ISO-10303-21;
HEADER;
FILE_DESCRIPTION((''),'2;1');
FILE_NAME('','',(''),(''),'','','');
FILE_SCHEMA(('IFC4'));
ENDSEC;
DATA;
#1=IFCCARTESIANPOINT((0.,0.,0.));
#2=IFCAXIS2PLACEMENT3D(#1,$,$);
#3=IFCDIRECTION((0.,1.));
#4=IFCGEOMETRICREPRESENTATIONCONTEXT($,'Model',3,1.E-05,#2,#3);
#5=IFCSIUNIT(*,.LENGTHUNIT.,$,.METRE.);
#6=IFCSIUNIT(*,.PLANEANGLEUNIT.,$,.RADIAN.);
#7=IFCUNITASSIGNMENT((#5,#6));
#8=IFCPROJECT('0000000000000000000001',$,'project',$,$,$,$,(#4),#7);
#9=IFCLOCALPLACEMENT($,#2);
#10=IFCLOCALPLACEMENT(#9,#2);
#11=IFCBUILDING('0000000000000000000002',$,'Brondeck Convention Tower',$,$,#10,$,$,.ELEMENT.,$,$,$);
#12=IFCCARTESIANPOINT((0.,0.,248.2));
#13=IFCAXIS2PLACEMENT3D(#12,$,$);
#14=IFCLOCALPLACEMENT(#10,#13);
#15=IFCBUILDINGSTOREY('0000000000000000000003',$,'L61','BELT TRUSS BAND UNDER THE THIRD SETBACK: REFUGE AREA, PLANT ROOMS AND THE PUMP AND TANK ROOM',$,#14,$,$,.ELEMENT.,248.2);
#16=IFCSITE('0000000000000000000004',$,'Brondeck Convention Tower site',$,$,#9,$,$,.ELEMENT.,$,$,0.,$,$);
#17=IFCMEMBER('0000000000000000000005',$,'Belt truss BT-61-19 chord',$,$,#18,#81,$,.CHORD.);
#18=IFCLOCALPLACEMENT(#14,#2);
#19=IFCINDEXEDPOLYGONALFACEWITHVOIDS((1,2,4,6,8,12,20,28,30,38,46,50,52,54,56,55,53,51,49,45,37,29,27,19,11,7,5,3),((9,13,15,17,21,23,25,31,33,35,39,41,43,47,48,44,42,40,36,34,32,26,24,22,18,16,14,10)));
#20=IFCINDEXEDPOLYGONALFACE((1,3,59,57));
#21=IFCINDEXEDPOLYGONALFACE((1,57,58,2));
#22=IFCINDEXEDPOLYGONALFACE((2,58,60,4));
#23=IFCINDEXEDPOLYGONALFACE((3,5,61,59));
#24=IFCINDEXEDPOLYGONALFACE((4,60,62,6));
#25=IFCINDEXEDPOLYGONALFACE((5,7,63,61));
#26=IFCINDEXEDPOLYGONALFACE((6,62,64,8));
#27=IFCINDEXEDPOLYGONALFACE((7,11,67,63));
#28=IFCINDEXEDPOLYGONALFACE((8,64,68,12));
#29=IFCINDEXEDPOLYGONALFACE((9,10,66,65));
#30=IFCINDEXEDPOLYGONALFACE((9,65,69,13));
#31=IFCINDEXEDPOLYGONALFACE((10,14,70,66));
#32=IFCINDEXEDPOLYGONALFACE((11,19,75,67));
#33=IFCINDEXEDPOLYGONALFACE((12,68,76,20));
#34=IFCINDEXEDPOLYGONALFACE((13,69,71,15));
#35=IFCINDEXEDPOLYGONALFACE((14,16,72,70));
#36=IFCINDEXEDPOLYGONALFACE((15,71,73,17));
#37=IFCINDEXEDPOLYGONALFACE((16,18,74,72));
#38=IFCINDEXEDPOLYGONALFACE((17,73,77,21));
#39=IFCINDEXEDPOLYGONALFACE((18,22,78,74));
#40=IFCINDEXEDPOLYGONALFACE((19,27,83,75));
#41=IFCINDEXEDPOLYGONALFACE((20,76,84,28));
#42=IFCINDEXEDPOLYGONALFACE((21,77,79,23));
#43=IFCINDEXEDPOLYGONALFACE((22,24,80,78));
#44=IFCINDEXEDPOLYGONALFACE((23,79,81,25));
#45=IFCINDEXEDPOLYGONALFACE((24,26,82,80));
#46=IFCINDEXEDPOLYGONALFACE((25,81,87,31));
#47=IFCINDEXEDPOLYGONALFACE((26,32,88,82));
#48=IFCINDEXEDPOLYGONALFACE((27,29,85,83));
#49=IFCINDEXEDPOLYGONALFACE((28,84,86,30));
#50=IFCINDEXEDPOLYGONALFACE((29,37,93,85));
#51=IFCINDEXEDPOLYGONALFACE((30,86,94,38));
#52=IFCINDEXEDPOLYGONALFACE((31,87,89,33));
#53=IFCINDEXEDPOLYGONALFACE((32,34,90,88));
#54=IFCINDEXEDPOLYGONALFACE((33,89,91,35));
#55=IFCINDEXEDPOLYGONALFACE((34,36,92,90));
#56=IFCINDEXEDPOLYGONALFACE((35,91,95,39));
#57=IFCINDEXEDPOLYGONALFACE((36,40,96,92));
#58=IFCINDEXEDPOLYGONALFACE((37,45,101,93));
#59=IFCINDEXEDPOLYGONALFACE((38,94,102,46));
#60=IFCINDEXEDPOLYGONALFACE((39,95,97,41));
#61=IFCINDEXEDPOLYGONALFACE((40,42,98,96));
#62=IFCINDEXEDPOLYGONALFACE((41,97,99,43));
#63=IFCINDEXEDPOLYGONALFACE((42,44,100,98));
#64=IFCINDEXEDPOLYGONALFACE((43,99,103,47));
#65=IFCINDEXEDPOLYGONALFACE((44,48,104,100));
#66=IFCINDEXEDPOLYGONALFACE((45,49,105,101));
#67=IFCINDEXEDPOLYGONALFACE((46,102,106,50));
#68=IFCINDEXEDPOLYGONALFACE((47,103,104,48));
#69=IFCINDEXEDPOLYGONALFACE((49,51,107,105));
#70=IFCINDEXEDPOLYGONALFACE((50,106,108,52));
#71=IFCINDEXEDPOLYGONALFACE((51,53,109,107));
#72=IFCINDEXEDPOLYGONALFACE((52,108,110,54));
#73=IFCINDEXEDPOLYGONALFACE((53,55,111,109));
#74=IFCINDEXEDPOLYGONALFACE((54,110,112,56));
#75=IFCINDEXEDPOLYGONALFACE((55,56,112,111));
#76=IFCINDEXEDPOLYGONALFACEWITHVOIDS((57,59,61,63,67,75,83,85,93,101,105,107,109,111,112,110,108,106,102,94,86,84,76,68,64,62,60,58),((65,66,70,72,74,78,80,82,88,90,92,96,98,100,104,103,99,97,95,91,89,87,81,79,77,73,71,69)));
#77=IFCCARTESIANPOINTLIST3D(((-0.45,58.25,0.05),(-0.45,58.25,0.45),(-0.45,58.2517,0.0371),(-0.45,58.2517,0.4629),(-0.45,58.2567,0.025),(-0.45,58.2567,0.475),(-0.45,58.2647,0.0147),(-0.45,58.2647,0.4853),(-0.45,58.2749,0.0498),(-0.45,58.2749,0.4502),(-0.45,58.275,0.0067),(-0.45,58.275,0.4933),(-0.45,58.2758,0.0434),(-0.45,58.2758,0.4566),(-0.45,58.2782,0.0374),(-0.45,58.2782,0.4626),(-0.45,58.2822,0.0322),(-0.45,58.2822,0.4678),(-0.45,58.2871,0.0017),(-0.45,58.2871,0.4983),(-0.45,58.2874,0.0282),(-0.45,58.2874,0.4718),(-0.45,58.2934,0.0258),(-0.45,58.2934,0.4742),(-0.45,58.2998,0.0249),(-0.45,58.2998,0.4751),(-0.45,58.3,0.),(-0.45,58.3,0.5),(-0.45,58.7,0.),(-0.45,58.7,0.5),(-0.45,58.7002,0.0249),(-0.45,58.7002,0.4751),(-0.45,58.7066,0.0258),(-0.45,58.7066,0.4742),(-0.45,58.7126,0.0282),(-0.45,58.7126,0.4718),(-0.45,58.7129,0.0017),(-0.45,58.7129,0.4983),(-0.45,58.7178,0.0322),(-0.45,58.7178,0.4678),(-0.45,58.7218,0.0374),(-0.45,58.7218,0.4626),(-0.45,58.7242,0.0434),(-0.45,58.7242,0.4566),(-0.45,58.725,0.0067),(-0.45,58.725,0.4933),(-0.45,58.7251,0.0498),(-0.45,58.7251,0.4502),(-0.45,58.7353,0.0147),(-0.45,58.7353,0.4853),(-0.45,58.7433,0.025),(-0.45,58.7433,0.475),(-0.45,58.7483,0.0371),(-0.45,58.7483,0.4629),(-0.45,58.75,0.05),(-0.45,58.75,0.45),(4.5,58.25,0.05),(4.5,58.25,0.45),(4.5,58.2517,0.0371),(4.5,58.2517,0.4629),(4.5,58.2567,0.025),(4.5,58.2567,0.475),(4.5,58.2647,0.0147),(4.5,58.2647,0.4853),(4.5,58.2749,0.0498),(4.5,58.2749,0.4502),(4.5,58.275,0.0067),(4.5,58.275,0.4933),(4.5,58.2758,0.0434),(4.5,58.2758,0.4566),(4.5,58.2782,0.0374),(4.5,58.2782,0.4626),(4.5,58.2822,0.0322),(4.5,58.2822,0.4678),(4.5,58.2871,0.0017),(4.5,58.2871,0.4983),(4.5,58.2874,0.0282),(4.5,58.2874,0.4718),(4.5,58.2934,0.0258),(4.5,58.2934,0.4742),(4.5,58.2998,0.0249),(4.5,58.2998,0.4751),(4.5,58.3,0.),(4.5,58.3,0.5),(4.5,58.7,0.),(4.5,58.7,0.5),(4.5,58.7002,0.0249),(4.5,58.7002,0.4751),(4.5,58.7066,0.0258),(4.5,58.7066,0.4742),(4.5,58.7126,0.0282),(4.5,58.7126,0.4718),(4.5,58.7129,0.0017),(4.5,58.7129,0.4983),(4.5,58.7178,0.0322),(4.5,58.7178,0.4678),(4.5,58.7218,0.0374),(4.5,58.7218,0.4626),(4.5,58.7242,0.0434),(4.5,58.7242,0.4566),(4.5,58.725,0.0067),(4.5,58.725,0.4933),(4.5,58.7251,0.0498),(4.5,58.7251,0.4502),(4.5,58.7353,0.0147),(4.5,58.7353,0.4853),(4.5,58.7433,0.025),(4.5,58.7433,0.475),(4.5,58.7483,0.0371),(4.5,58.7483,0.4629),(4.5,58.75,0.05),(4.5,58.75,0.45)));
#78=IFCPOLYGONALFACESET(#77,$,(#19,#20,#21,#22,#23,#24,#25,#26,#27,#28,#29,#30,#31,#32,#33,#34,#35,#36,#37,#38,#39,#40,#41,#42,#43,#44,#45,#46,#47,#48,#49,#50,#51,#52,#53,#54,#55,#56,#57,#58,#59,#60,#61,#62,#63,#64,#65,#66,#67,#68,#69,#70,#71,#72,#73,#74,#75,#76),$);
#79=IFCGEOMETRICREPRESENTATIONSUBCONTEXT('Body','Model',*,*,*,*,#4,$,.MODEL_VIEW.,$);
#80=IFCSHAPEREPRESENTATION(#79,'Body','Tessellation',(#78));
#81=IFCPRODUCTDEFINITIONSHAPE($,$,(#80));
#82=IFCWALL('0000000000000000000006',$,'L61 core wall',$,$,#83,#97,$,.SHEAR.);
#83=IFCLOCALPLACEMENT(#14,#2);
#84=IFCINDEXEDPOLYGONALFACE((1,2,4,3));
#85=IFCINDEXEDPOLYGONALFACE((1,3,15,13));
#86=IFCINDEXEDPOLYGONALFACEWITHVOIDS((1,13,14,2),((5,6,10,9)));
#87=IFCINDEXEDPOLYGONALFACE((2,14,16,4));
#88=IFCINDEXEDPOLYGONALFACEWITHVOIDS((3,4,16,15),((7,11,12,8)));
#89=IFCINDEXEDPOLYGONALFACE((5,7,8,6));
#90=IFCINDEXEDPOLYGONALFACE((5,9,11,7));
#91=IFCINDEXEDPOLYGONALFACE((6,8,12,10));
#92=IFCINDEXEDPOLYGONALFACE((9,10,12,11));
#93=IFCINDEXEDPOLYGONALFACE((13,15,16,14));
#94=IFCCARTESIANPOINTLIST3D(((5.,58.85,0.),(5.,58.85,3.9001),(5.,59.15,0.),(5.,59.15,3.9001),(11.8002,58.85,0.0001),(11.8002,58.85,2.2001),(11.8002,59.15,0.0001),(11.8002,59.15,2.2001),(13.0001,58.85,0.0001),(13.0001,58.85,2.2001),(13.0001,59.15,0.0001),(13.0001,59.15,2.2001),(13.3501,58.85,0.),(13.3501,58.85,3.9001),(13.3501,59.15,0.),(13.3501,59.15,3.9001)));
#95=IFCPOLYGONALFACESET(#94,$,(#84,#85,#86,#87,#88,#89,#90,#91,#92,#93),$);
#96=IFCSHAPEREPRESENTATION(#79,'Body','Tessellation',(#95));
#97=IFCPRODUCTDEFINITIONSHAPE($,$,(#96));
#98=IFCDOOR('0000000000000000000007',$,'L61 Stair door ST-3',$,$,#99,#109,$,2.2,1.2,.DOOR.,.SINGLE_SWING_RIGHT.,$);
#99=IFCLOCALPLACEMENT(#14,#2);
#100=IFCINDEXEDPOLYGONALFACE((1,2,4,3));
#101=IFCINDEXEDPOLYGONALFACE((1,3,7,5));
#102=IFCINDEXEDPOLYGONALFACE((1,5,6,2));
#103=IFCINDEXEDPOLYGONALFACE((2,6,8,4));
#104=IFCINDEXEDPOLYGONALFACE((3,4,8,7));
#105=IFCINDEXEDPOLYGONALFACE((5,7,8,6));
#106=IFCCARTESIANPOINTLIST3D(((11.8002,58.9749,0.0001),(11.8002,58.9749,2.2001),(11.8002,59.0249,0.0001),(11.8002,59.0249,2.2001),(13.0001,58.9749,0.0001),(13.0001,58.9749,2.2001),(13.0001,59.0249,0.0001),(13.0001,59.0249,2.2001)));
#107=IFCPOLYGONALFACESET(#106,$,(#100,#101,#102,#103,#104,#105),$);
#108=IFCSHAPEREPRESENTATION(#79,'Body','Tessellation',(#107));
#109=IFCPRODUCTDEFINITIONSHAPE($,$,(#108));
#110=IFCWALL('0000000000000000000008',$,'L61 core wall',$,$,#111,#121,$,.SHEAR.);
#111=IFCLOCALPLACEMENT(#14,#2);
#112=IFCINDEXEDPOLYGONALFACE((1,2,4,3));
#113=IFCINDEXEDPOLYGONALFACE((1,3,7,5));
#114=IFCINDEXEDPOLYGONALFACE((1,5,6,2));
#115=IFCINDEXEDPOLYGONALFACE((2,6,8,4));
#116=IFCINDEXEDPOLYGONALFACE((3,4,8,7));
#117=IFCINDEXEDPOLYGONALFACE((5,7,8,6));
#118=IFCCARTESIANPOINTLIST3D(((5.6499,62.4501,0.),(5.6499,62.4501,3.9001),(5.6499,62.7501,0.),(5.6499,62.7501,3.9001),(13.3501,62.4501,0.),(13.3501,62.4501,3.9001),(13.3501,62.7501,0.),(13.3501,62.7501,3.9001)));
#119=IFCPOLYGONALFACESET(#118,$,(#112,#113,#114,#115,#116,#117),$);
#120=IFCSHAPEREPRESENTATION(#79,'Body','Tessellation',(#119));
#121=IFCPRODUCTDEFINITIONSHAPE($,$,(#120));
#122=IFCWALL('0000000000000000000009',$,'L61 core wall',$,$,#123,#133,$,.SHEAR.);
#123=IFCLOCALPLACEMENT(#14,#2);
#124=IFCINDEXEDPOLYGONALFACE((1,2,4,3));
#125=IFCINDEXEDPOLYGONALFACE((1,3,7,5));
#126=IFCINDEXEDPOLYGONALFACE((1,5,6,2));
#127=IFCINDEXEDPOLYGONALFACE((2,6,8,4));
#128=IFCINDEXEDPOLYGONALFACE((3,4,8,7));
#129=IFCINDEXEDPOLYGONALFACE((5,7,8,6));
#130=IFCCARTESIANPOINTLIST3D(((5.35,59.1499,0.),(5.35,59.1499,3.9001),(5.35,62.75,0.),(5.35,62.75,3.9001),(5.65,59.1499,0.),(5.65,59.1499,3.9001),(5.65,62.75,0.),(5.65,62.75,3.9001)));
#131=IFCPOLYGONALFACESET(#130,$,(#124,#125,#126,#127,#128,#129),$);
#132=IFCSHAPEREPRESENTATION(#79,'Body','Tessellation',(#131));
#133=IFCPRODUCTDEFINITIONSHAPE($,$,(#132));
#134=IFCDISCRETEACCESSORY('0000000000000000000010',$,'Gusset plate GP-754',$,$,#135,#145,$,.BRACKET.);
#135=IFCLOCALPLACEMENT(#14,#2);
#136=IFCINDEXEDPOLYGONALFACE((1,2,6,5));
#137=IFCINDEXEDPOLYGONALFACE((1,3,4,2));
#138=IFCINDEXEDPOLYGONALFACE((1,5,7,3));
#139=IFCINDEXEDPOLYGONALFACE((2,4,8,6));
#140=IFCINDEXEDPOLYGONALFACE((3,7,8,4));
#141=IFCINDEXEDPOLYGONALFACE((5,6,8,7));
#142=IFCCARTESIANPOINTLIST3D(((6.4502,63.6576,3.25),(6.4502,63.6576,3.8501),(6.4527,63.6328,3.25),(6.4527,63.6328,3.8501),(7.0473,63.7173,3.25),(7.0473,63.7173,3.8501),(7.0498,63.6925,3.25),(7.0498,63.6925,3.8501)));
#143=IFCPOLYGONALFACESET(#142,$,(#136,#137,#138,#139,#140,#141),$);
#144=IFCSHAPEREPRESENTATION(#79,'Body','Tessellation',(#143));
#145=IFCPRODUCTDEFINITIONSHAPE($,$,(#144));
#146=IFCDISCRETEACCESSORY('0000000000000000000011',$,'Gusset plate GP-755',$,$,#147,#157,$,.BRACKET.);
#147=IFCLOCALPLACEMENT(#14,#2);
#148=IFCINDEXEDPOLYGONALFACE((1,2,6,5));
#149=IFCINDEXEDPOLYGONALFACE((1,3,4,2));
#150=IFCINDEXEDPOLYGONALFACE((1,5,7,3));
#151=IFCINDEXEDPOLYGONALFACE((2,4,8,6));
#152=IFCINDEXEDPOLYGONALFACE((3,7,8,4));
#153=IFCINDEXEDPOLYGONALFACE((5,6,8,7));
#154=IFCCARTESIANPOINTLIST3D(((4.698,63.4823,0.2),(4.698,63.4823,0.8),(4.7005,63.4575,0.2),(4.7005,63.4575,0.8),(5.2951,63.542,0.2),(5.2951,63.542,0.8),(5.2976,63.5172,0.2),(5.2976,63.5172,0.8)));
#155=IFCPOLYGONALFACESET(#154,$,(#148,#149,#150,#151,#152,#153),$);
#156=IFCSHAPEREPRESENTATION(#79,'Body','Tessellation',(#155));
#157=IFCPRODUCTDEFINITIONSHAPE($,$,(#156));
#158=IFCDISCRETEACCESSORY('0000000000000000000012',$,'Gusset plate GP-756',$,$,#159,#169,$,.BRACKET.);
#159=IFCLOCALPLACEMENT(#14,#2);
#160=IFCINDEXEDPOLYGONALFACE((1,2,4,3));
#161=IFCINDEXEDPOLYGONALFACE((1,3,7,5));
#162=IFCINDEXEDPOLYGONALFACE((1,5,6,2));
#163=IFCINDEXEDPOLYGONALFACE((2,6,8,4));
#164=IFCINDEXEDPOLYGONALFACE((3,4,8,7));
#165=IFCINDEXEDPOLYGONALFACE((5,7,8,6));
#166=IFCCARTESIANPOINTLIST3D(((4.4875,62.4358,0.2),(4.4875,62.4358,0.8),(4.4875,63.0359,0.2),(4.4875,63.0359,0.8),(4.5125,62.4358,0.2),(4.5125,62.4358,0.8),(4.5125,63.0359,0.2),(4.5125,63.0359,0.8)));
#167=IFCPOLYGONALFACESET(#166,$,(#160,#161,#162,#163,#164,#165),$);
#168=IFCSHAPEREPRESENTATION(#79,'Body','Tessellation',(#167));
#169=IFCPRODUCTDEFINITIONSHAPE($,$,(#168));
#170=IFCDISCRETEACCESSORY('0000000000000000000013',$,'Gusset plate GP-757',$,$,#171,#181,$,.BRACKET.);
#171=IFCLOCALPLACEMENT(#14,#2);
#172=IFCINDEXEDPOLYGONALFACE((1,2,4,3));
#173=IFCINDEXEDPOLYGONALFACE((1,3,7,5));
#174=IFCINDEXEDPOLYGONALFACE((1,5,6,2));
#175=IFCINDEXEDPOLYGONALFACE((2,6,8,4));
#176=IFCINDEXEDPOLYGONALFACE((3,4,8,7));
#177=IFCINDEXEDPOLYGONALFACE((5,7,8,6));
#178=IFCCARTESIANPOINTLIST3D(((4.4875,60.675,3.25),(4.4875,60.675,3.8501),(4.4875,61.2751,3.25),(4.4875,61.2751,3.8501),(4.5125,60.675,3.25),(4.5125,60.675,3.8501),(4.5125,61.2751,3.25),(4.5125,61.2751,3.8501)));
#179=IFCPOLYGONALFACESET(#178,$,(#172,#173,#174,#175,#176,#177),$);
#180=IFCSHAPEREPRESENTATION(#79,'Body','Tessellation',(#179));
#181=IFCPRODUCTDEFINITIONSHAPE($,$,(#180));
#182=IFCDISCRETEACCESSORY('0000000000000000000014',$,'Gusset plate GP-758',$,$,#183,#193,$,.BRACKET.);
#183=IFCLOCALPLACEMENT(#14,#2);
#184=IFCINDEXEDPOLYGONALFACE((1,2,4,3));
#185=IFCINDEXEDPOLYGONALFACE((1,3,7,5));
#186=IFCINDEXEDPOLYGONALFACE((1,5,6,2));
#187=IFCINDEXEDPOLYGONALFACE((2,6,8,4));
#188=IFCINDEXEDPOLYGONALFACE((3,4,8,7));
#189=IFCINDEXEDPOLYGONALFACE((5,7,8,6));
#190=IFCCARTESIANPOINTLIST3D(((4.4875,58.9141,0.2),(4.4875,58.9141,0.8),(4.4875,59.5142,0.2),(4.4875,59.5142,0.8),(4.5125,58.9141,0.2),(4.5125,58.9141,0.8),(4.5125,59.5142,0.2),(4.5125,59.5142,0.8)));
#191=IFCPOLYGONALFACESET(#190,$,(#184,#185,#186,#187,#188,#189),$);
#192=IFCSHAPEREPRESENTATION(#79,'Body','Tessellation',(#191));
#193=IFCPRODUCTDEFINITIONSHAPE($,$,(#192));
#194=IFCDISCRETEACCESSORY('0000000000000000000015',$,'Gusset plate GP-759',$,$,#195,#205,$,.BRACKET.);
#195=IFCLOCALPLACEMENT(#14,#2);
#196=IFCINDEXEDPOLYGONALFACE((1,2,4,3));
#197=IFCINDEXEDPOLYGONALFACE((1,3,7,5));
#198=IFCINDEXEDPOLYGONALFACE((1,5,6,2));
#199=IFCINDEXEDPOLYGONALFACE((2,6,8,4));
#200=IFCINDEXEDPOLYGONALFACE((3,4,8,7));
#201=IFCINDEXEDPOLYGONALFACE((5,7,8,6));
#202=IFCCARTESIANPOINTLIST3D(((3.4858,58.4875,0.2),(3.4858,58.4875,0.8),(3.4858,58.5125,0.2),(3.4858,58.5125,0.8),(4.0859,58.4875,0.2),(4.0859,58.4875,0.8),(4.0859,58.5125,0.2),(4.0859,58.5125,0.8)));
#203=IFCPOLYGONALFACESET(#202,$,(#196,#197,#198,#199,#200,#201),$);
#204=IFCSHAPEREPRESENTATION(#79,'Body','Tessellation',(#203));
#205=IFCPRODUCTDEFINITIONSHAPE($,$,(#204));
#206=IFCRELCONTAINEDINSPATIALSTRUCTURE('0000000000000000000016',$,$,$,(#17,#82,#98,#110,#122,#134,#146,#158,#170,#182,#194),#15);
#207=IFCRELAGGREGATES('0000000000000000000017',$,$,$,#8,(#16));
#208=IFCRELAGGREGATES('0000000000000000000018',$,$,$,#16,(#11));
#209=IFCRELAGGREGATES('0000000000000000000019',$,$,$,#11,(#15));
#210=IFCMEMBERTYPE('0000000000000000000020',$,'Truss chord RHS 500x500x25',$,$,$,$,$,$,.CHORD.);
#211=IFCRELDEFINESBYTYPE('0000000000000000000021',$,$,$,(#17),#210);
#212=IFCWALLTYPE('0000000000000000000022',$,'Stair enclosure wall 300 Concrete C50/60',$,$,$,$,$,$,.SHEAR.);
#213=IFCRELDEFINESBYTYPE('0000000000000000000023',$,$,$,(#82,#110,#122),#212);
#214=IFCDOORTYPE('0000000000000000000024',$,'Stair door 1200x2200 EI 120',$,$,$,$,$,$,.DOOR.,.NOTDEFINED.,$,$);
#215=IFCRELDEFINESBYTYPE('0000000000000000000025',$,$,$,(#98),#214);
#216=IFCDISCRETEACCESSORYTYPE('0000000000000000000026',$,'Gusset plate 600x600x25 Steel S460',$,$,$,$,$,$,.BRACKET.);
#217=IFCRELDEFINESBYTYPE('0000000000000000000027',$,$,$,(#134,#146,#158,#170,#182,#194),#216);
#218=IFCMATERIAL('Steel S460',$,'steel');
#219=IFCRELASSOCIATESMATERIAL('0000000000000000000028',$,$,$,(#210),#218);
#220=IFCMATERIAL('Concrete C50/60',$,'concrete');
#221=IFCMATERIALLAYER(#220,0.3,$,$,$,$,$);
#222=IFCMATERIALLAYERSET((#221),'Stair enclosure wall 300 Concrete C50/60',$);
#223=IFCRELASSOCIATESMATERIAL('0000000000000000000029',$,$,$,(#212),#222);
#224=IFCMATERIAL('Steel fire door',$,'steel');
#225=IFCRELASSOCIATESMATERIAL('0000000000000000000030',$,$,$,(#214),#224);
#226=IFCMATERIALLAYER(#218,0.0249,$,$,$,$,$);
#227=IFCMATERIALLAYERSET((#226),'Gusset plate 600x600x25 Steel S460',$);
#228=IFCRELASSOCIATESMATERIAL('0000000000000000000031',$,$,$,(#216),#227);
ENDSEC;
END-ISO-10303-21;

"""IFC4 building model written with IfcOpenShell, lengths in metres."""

from ifc_helpers import new_model, si_unit, direction, frame, frame_2d, origin, origin_2d, place, context, subcontext, project, spatial, rectangle, hollow_rectangle, extrude, material, layer, layer_set, material_profile, profile_set, type_object, element, fill, save


model = new_model("IFC4")

# Units and contexts
model_context = context("Model", 3, precision=1e-05, world=origin(), true_north=direction((0.0, 1.0)))
body_context = subcontext(model_context, "Body", "Model", "MODEL_VIEW")
ifc_project = project(units=[si_unit("LENGTHUNIT", "METRE"), si_unit("PLANEANGLEUNIT", "RADIAN")], contexts=[model_context])

# Site, building, storey
site_placement = place(None, origin())
site = spatial("IfcSite", under=ifc_project, at=site_placement, Name="Brondeck Convention Tower site", CompositionType="ELEMENT", RefElevation=0.0)
building_placement = place(site_placement, origin())
building = spatial("IfcBuilding", under=site, at=building_placement, Name="Brondeck Convention Tower", CompositionType="ELEMENT")
storey_placement = place(building_placement, frame((0.0, 0.0, 248.2)))
storey = spatial("IfcBuildingStorey", under=building, at=storey_placement, Name="L61", Description="BELT TRUSS BAND UNDER THE THIRD SETBACK: REFUGE AREA, PLANT ROOMS AND THE PUMP AND TANK ROOM", CompositionType="ELEMENT", Elevation=248.2)

# Shared definitions
ifc_material_1 = material(Name="Concrete C50/60", Category="concrete")

# Shared definitions
ifc_material_2 = material(Name="Steel S460", Category="steel")

# Member
ifc_material_profile_1 = material_profile(ifc_material_2, hollow_rectangle(XDim=0.5, YDim=0.5, WallThickness=0.0249, InnerFilletRadius=0.0249, OuterFilletRadius=0.05, at=origin_2d()), Name="RHS 500x500x25")
ifc_profile_set_1 = profile_set([ifc_material_profile_1], Name="Steel S460")
member_type_1 = type_object("IfcMemberType", Name="Truss chord RHS 500x500x25", PredefinedType="CHORD", material=ifc_profile_set_1)
for number, where, z_axis, x_axis, name in (
    (1, (4.5, 58.5, 0.25), (-1.0, 0.0, 0.0), (0.0, -1.0, 0.0), "Belt truss BT-61-19 chord"),
):
    element("IfcMember", number, at=place(storey_placement, frame(where, z_axis=z_axis, x_axis=x_axis)), inside=storey, type_object=member_type_1, Name=name, PredefinedType="CHORD", context=body_context, shape_type="SweptSolid", body=[
        extrude(hollow_rectangle(XDim=0.5, YDim=0.5, WallThickness=0.0249, InnerFilletRadius=0.0249, OuterFilletRadius=0.05, at=origin_2d()), origin(), (0.0, 0.0, 1.0), 4.95),
    ])

# Wall, opening, door
ifc_layer_1 = layer(ifc_material_1, 0.3)
ifc_layer_set_1 = layer_set([ifc_layer_1], Name="Stair enclosure wall 300 Concrete C50/60")
wall_type = type_object("IfcWallType", Name="Stair enclosure wall 300 Concrete C50/60", PredefinedType="SHEAR", material=ifc_layer_set_1)
wall_1_placement = place(storey_placement, frame((5.0, 59.0, 0.0), z_axis=(0.0, 0.0, 1.0), x_axis=(1.0, 0.0, 0.0)))
wall_1 = element("IfcWall", 2, at=wall_1_placement, inside=storey, type_object=wall_type, Name="L61 core wall", PredefinedType="SHEAR", context=body_context, shape_type="SweptSolid", body=[
    extrude(rectangle(XDim=8.3501, YDim=0.3, at=frame_2d((4.175, 0.0))), origin(), (0.0, 0.0, 1.0), 3.9001),
])
opening_placement = place(wall_1_placement, frame((6.8, 0.0, 0.0)))
opening = element("IfcOpeningElement", 3, at=opening_placement, cuts=wall_1, PredefinedType="OPENING", context=body_context, shape_type="SweptSolid", body=[
    extrude(rectangle(XDim=1.2, YDim=2.2, at=frame_2d((0.6001, 1.1001))), frame((0.0, 0.1599, 0.0), z_axis=(0.0, -1.0, 0.0), x_axis=(1.0, 0.0, 0.0)), (0.0, 0.0, 1.0), 0.3201),
])
ifc_material_3 = material(Name="Steel fire door", Category="steel")
door_type = type_object("IfcDoorType", Name="Stair door 1200x2200 EI 120", OperationType="NOTDEFINED", PredefinedType="DOOR", material=ifc_material_3)
door_placement = place(opening_placement, origin())
door = element("IfcDoor", 4, at=door_placement, inside=storey, type_object=door_type, Name="L61 Stair door ST-3", OperationType="SINGLE_SWING_RIGHT", OverallHeight=2.2, OverallWidth=1.2, PredefinedType="DOOR", context=body_context, shape_type="SweptSolid", body=[
    extrude(rectangle(XDim=1.2, YDim=2.2, at=frame_2d((0.6001, 1.1001))), frame((0.0, 0.0249, 0.0), z_axis=(0.0, -1.0, 0.0), x_axis=(1.0, 0.0, 0.0)), (0.0, 0.0, 1.0), 0.05),
])
fill(opening, door)

# Walls
wall_2_placement = place(storey_placement, frame((5.6499, 62.6001, 0.0), z_axis=(0.0, 0.0, 1.0), x_axis=(1.0, 0.0, 0.0)))
element("IfcWall", 5, at=wall_2_placement, inside=storey, type_object=wall_type, Name="L61 core wall", PredefinedType="SHEAR", context=body_context, shape_type="SweptSolid", body=[
    extrude(rectangle(XDim=7.7002, YDim=0.3, at=frame_2d((3.8501, 0.0))), origin(), (0.0, 0.0, 1.0), 3.9001),
])
wall_3_placement = place(storey_placement, frame((5.5, 59.1499, 0.0), z_axis=(0.0, 0.0, 1.0), x_axis=(0.0, 1.0, 0.0)))
element("IfcWall", 6, at=wall_3_placement, inside=storey, type_object=wall_type, Name="L61 core wall", PredefinedType="SHEAR", context=body_context, shape_type="SweptSolid", body=[
    extrude(rectangle(XDim=3.6001, YDim=0.3, at=frame_2d((1.8, 0.0))), origin(), (0.0, 0.0, 1.0), 3.9001),
])

# Discrete accessories
ifc_layer_2 = layer(ifc_material_2, 0.0249)
ifc_layer_set_2 = layer_set([ifc_layer_2], Name="Gusset plate 600x600x25 Steel S460")
discrete_accessory_type = type_object("IfcDiscreteAccessoryType", Name="Gusset plate 600x600x25 Steel S460", PredefinedType="BRACKET", material=ifc_layer_set_2)
for number, where, z_axis, x_axis, name in (
    (7, (6.75, 63.675, 3.25), (0.0, 0.0, 1.0), (0.995036, 0.099511, 0.0), "Gusset plate GP-754"),
    (8, (4.9978, 63.4998, 0.2), (0.0, 0.0, 1.0), (0.995036, 0.099511, 0.0), "Gusset plate GP-755"),
    (9, (4.5, 62.7358, 0.2), (0.0, 0.0, 1.0), (0.0, 1.0, 0.0), "Gusset plate GP-756"),
    (10, (4.5, 60.9751, 3.25), (0.0, 0.0, 1.0), (0.0, 1.0, 0.0), "Gusset plate GP-757"),
    (11, (4.5, 59.2141, 0.2), (0.0, 0.0, 1.0), (0.0, 1.0, 0.0), "Gusset plate GP-758"),
    (12, (3.7859, 58.5, 0.2), (0.0, 0.0, 1.0), (1.0, 0.0, 0.0), "Gusset plate GP-759"),
):
    element("IfcDiscreteAccessory", number, at=place(storey_placement, frame(where, z_axis=z_axis, x_axis=x_axis)), inside=storey, type_object=discrete_accessory_type, Name=name, PredefinedType="BRACKET", context=body_context, shape_type="SweptSolid", body=[
        extrude(rectangle(XDim=0.6001, YDim=0.0249, at=origin_2d()), origin(), (0.0, 0.0, 1.0), 0.6001),
    ])

save(model, "model.ifc")
